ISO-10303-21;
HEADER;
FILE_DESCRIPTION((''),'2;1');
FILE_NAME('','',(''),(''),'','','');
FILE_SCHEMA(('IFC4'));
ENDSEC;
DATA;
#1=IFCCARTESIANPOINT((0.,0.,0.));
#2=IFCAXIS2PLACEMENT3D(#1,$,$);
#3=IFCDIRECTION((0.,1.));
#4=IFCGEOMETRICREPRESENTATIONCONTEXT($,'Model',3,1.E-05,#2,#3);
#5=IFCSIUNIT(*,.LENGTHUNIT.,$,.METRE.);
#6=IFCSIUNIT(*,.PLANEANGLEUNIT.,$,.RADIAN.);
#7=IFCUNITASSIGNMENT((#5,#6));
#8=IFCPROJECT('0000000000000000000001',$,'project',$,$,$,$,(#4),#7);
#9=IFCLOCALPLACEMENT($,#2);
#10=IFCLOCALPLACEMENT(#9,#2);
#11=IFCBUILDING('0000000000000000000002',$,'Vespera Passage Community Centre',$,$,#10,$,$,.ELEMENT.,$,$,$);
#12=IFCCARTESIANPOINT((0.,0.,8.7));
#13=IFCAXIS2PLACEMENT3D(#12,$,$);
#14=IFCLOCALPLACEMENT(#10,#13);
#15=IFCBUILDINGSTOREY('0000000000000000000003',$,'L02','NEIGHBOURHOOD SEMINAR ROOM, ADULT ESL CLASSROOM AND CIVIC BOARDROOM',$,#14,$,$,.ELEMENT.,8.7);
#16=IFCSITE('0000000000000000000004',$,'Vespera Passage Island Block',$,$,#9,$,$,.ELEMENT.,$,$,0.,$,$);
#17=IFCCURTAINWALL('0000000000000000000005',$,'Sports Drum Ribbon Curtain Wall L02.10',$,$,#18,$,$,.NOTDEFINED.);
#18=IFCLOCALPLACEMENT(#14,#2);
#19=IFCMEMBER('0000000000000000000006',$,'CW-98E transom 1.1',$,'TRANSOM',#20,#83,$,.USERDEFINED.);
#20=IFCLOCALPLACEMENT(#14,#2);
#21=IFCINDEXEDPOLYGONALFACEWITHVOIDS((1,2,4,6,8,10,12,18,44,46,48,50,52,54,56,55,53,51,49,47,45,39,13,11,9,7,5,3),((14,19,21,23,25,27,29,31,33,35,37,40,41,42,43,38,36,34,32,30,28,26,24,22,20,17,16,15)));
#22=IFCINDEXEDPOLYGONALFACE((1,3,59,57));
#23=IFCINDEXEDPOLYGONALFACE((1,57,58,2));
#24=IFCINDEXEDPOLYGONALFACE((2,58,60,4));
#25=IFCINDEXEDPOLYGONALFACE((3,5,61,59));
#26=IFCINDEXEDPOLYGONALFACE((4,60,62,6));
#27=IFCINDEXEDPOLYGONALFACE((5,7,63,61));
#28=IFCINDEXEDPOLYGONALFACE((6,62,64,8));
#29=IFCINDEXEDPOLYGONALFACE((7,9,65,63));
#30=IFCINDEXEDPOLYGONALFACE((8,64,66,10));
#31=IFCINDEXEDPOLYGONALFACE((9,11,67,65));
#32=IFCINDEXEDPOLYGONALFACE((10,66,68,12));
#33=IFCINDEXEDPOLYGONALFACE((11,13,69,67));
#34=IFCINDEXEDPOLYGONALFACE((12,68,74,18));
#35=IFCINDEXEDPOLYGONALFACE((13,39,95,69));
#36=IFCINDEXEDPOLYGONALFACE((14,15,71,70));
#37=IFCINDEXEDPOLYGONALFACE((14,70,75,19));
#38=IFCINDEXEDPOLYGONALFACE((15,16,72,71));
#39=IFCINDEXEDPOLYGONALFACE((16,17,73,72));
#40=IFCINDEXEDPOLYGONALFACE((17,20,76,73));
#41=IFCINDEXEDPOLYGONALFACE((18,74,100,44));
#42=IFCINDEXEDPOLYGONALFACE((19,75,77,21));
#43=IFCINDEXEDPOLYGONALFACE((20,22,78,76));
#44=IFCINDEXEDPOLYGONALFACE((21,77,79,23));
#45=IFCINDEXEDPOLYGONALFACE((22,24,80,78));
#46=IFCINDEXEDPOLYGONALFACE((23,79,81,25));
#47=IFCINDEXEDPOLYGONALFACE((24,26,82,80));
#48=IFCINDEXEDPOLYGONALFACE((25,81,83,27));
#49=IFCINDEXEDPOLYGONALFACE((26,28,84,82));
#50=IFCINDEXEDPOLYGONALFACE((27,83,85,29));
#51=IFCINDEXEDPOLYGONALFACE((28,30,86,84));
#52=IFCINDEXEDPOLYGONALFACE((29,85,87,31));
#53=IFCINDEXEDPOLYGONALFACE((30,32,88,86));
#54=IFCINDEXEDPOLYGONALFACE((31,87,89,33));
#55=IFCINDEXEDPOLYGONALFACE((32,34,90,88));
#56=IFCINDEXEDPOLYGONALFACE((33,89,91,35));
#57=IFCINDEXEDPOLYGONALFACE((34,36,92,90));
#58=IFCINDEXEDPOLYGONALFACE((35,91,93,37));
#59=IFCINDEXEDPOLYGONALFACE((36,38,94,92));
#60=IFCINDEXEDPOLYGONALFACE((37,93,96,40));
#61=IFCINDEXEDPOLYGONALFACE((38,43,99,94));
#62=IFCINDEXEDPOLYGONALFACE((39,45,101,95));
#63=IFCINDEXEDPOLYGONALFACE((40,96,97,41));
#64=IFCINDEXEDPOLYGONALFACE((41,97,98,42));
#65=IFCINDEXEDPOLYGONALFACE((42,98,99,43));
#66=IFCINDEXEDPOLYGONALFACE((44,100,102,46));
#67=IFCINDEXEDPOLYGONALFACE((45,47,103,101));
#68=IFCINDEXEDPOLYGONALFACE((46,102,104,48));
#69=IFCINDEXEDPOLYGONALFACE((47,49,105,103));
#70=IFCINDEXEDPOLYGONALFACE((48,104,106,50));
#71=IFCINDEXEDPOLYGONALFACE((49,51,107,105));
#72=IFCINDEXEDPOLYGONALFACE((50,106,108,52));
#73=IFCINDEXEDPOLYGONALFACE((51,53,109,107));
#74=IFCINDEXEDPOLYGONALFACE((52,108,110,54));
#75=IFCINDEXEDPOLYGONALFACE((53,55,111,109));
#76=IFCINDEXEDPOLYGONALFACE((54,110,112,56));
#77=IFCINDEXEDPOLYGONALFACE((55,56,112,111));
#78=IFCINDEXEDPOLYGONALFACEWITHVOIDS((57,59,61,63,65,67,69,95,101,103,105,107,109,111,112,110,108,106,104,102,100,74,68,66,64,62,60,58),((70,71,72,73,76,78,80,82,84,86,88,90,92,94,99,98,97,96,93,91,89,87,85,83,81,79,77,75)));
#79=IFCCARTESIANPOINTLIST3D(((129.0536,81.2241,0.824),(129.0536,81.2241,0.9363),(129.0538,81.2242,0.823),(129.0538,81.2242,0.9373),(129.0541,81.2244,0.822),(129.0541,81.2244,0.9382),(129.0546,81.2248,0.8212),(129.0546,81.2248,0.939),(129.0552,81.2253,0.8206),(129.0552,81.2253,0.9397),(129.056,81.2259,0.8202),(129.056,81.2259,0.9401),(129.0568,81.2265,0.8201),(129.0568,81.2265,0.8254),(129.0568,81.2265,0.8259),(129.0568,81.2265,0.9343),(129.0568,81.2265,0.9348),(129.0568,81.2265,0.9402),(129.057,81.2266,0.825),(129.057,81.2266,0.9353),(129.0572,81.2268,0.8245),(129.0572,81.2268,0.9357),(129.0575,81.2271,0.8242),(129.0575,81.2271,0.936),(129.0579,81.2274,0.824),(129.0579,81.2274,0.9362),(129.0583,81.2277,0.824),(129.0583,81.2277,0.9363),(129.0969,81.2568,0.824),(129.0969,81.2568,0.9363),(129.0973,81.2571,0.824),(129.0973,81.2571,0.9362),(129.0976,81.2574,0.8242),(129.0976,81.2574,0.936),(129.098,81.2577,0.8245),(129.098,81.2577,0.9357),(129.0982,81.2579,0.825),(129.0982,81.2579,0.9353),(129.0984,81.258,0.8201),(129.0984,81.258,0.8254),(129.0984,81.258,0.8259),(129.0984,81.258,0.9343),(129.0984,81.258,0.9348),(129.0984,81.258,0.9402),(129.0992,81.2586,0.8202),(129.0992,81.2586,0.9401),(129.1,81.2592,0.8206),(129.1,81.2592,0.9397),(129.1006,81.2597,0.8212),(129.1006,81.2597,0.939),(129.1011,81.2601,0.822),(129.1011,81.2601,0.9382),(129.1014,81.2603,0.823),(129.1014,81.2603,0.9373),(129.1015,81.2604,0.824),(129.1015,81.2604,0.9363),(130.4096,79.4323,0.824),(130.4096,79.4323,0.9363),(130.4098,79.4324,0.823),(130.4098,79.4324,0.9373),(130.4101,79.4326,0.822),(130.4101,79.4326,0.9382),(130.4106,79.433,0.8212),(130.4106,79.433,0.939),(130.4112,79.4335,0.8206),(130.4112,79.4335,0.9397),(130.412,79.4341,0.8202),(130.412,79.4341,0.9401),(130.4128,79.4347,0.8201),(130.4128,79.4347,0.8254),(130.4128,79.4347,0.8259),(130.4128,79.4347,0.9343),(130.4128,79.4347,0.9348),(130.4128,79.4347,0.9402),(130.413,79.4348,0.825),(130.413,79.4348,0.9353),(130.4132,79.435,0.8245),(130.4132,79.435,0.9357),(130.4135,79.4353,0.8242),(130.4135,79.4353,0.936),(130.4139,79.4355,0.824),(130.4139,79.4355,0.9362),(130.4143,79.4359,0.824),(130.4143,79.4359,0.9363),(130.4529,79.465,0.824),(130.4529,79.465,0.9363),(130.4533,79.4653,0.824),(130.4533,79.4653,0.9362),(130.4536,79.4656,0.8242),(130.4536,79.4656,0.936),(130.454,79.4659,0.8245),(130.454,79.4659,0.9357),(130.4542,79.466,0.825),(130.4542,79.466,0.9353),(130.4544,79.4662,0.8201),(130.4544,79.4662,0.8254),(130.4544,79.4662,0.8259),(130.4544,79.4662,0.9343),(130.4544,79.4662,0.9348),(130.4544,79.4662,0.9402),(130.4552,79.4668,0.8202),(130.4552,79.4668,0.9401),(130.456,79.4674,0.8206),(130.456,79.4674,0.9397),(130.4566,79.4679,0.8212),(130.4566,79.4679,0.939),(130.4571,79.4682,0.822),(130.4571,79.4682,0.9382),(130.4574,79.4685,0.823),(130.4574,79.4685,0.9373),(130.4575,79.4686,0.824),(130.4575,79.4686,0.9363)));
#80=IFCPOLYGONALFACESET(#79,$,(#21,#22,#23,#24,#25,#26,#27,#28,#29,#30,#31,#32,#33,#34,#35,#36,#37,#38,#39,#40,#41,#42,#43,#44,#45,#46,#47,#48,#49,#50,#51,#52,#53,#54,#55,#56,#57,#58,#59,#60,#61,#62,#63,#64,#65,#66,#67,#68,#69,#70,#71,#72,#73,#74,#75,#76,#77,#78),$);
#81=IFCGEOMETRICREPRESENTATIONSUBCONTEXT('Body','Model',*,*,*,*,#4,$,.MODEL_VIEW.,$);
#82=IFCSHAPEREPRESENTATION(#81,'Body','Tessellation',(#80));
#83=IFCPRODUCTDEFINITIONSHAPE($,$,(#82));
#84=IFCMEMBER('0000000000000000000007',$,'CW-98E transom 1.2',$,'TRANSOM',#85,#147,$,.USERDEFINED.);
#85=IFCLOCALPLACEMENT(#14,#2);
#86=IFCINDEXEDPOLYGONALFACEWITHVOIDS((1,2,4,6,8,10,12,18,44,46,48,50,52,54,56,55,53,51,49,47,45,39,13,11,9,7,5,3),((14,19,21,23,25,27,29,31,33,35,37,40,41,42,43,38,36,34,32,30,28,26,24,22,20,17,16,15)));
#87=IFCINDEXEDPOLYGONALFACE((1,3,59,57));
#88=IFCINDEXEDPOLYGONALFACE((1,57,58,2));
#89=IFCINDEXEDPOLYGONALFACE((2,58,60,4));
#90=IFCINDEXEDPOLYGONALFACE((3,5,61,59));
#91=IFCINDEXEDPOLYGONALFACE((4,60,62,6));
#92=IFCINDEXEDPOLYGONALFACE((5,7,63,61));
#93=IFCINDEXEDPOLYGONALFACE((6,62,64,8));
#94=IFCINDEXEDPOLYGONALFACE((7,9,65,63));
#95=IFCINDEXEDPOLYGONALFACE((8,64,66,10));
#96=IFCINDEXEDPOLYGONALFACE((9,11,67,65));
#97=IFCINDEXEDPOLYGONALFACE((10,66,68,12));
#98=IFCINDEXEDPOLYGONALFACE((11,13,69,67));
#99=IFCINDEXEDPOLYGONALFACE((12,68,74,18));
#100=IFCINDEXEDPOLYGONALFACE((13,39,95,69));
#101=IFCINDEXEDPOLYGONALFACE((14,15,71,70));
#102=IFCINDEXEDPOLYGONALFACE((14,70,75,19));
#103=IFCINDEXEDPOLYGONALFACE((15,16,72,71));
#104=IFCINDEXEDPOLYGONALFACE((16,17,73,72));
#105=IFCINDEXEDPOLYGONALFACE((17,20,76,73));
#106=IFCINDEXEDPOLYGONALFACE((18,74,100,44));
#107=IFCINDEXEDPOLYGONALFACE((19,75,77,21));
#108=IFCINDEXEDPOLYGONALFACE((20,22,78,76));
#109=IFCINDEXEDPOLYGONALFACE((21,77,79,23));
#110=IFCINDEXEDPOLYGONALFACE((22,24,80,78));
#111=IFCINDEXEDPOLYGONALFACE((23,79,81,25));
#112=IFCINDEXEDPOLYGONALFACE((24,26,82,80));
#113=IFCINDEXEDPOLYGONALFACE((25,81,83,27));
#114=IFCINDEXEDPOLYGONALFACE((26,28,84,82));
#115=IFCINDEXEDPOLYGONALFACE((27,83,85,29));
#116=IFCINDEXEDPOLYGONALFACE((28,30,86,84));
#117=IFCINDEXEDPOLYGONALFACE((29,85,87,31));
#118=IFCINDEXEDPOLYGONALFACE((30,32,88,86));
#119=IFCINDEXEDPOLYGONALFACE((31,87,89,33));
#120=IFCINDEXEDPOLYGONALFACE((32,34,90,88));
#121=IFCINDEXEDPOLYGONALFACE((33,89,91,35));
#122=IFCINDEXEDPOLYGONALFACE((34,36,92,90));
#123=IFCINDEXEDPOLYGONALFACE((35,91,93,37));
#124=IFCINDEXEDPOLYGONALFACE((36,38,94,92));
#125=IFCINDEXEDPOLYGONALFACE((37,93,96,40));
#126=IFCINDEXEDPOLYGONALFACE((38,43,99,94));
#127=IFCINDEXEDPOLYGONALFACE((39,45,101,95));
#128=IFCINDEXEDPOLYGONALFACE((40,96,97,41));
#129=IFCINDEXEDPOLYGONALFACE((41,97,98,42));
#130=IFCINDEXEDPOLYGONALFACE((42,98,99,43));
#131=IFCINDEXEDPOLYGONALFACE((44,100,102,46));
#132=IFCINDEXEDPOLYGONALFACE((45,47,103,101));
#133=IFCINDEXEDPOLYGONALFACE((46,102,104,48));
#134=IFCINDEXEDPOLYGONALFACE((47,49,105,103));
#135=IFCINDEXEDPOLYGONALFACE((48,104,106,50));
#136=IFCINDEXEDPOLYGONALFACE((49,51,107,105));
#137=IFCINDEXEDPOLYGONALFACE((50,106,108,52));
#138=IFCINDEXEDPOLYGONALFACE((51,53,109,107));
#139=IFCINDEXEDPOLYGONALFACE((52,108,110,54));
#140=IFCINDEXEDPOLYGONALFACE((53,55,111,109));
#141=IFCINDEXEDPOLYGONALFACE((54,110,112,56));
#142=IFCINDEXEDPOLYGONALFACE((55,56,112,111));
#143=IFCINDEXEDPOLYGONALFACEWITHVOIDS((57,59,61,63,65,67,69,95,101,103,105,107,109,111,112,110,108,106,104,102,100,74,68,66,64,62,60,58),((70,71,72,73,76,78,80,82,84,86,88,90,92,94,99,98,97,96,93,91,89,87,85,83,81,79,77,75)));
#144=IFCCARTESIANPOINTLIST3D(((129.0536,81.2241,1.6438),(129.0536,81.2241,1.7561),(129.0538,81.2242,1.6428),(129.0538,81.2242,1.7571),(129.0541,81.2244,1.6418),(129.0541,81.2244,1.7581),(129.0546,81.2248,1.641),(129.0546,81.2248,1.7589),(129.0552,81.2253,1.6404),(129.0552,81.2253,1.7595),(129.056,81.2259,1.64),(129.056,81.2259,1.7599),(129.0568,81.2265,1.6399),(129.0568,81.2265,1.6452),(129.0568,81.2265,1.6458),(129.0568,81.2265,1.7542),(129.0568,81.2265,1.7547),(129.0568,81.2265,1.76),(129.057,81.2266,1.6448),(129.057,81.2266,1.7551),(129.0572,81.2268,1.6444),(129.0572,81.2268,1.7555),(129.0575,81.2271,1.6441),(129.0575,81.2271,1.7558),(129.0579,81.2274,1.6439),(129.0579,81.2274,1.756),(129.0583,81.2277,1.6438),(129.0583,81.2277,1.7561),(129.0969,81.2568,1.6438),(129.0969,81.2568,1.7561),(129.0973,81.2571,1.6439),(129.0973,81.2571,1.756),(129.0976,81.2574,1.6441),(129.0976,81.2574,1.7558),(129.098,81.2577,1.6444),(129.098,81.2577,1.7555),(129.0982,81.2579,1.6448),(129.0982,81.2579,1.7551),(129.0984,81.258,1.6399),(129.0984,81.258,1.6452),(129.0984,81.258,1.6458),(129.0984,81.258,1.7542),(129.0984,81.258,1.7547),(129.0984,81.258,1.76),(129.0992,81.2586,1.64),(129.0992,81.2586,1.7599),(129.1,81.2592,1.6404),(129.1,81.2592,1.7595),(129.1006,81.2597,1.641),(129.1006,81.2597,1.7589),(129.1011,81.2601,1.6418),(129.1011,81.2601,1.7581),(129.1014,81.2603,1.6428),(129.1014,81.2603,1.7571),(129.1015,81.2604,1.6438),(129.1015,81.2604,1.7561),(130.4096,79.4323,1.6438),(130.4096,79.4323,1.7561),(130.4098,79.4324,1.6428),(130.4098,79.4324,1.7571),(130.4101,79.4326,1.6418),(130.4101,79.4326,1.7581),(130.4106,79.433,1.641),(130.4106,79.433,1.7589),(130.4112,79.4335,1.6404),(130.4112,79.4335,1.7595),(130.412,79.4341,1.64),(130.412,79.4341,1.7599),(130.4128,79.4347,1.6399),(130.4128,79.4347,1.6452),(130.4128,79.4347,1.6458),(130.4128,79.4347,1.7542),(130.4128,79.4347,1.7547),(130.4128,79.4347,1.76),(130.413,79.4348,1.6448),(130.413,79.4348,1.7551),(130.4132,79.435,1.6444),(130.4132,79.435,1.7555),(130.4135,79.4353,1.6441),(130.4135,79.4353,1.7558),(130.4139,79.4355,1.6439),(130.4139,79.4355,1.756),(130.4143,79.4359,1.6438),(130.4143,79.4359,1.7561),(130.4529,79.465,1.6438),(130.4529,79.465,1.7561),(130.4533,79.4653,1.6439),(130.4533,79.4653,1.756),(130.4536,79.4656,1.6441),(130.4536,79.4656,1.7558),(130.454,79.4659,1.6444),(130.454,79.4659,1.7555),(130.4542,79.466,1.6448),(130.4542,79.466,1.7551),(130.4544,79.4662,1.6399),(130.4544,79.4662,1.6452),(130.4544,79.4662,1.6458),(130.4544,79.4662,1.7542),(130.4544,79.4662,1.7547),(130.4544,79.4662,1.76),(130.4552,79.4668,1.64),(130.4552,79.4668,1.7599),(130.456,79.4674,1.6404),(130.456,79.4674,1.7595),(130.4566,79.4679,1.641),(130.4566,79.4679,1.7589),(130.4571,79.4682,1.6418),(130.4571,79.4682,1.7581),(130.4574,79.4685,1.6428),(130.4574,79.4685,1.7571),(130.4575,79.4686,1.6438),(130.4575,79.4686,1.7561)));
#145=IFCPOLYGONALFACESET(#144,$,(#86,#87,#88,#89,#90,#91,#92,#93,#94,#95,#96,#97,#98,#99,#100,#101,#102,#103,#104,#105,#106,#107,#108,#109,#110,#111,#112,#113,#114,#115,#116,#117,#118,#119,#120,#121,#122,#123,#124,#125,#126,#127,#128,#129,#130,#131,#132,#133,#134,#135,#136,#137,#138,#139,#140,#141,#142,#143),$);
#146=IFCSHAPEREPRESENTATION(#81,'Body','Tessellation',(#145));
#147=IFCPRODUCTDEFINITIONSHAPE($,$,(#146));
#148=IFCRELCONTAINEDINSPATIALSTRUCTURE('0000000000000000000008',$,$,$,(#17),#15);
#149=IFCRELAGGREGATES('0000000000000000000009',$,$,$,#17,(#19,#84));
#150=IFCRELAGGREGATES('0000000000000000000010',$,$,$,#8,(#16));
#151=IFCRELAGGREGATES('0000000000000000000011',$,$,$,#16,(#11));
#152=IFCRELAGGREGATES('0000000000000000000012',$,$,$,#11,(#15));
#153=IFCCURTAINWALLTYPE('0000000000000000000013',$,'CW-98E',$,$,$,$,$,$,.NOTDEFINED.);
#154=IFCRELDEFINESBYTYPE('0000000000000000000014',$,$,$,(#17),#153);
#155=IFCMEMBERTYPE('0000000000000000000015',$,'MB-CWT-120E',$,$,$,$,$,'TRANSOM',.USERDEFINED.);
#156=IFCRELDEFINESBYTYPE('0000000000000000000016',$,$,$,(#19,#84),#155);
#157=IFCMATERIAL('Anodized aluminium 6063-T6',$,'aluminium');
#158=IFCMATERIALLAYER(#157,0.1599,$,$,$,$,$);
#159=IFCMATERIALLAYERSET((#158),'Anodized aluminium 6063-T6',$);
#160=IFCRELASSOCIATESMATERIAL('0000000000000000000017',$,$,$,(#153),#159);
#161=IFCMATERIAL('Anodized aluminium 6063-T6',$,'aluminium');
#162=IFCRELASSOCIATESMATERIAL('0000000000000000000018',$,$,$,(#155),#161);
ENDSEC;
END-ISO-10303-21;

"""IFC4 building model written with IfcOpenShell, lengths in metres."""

from ifc_helpers import new_model, si_unit, direction, frame, origin, origin_2d, place, context, subcontext, project, spatial, hollow_rectangle, extrude, material, layer, layer_set, material_profile, profile_set, type_object, element, aggregate, save


model = new_model("IFC4")

# Units and contexts
model_context = context("Model", 3, precision=1e-05, world=origin(), true_north=direction((0.0, 1.0)))
body_context = subcontext(model_context, "Body", "Model", "MODEL_VIEW")
ifc_project = project(units=[si_unit("LENGTHUNIT", "METRE"), si_unit("PLANEANGLEUNIT", "RADIAN")], contexts=[model_context])

# Site, building, storey
site_placement = place(None, origin())
site = spatial("IfcSite", under=ifc_project, at=site_placement, Name="Vespera Passage Island Block", CompositionType="ELEMENT", RefElevation=0.0)
building_placement = place(site_placement, origin())
building = spatial("IfcBuilding", under=site, at=building_placement, Name="Vespera Passage Community Centre", CompositionType="ELEMENT")
storey_placement = place(building_placement, frame((0.0, 0.0, 8.7)))
storey = spatial("IfcBuildingStorey", under=building, at=storey_placement, Name="L02", Description="NEIGHBOURHOOD SEMINAR ROOM, ADULT ESL CLASSROOM AND CIVIC BOARDROOM", CompositionType="ELEMENT", Elevation=8.7)

# Curtain wall
ifc_material_1 = material(Name="Anodized aluminium 6063-T6", Category="aluminium")
ifc_layer_1 = layer(ifc_material_1, 0.1599)
ifc_layer_set_1 = layer_set([ifc_layer_1], Name="Anodized aluminium 6063-T6")
curtain_wall_type_1 = type_object("IfcCurtainWallType", Name="CW-98E", PredefinedType="NOTDEFINED", material=ifc_layer_set_1)
curtain_wall_1_placement = place(storey_placement, origin())
curtain_wall_1 = element("IfcCurtainWall", 1, at=curtain_wall_1_placement, inside=storey, type_object=curtain_wall_type_1, Name="Sports Drum Ribbon Curtain Wall L02.10", PredefinedType="NOTDEFINED")

# Members
ifc_material_2 = material(Name="Anodized aluminium 6063-T6", Category="aluminium")
ifc_material_profile_1 = material_profile(ifc_material_2, hollow_rectangle(XDim=0.0601, YDim=0.1201, WallThickness=0.0039, InnerFilletRadius=0.002, OuterFilletRadius=0.0039, at=origin_2d()), Name="ALU120X60X4")
ifc_profile_set_1 = profile_set([ifc_material_profile_1], Name="Anodized aluminium 6063-T6")
member_type_1 = type_object("IfcMemberType", Name="MB-CWT-120E", ElementType="TRANSOM", PredefinedType="USERDEFINED", material=ifc_profile_set_1)
member_1_placement = place(storey_placement, frame((130.4336, 79.4504, 0.8801), z_axis=(-0.603454, 0.797398, 0.0), x_axis=(-0.797398, -0.603454, 0.0)))
member_1 = element("IfcMember", 2, at=member_1_placement, type_object=member_type_1, Name="CW-98E transom 1.1", ObjectType="TRANSOM", PredefinedType="USERDEFINED", context=body_context, shape_type="SweptSolid", body=[
    extrude(hollow_rectangle(XDim=0.0601, YDim=0.1201, WallThickness=0.0039, InnerFilletRadius=0.002, OuterFilletRadius=0.0039, at=origin_2d()), origin(), (0.0, 0.0, 1.0), 2.2471),
])
member_2_placement = place(storey_placement, frame((130.4336, 79.4504, 1.7), z_axis=(-0.603454, 0.797398, 0.0), x_axis=(-0.797398, -0.603454, 0.0)))
member_2 = element("IfcMember", 3, at=member_2_placement, type_object=member_type_1, Name="CW-98E transom 1.2", ObjectType="TRANSOM", PredefinedType="USERDEFINED", context=body_context, shape_type="SweptSolid", body=[
    extrude(hollow_rectangle(XDim=0.0601, YDim=0.1201, WallThickness=0.0039, InnerFilletRadius=0.002, OuterFilletRadius=0.0039, at=origin_2d()), origin(), (0.0, 0.0, 1.0), 2.2471),
])

aggregate(curtain_wall_1, [member_1, member_2])

save(model, "model.ifc")
